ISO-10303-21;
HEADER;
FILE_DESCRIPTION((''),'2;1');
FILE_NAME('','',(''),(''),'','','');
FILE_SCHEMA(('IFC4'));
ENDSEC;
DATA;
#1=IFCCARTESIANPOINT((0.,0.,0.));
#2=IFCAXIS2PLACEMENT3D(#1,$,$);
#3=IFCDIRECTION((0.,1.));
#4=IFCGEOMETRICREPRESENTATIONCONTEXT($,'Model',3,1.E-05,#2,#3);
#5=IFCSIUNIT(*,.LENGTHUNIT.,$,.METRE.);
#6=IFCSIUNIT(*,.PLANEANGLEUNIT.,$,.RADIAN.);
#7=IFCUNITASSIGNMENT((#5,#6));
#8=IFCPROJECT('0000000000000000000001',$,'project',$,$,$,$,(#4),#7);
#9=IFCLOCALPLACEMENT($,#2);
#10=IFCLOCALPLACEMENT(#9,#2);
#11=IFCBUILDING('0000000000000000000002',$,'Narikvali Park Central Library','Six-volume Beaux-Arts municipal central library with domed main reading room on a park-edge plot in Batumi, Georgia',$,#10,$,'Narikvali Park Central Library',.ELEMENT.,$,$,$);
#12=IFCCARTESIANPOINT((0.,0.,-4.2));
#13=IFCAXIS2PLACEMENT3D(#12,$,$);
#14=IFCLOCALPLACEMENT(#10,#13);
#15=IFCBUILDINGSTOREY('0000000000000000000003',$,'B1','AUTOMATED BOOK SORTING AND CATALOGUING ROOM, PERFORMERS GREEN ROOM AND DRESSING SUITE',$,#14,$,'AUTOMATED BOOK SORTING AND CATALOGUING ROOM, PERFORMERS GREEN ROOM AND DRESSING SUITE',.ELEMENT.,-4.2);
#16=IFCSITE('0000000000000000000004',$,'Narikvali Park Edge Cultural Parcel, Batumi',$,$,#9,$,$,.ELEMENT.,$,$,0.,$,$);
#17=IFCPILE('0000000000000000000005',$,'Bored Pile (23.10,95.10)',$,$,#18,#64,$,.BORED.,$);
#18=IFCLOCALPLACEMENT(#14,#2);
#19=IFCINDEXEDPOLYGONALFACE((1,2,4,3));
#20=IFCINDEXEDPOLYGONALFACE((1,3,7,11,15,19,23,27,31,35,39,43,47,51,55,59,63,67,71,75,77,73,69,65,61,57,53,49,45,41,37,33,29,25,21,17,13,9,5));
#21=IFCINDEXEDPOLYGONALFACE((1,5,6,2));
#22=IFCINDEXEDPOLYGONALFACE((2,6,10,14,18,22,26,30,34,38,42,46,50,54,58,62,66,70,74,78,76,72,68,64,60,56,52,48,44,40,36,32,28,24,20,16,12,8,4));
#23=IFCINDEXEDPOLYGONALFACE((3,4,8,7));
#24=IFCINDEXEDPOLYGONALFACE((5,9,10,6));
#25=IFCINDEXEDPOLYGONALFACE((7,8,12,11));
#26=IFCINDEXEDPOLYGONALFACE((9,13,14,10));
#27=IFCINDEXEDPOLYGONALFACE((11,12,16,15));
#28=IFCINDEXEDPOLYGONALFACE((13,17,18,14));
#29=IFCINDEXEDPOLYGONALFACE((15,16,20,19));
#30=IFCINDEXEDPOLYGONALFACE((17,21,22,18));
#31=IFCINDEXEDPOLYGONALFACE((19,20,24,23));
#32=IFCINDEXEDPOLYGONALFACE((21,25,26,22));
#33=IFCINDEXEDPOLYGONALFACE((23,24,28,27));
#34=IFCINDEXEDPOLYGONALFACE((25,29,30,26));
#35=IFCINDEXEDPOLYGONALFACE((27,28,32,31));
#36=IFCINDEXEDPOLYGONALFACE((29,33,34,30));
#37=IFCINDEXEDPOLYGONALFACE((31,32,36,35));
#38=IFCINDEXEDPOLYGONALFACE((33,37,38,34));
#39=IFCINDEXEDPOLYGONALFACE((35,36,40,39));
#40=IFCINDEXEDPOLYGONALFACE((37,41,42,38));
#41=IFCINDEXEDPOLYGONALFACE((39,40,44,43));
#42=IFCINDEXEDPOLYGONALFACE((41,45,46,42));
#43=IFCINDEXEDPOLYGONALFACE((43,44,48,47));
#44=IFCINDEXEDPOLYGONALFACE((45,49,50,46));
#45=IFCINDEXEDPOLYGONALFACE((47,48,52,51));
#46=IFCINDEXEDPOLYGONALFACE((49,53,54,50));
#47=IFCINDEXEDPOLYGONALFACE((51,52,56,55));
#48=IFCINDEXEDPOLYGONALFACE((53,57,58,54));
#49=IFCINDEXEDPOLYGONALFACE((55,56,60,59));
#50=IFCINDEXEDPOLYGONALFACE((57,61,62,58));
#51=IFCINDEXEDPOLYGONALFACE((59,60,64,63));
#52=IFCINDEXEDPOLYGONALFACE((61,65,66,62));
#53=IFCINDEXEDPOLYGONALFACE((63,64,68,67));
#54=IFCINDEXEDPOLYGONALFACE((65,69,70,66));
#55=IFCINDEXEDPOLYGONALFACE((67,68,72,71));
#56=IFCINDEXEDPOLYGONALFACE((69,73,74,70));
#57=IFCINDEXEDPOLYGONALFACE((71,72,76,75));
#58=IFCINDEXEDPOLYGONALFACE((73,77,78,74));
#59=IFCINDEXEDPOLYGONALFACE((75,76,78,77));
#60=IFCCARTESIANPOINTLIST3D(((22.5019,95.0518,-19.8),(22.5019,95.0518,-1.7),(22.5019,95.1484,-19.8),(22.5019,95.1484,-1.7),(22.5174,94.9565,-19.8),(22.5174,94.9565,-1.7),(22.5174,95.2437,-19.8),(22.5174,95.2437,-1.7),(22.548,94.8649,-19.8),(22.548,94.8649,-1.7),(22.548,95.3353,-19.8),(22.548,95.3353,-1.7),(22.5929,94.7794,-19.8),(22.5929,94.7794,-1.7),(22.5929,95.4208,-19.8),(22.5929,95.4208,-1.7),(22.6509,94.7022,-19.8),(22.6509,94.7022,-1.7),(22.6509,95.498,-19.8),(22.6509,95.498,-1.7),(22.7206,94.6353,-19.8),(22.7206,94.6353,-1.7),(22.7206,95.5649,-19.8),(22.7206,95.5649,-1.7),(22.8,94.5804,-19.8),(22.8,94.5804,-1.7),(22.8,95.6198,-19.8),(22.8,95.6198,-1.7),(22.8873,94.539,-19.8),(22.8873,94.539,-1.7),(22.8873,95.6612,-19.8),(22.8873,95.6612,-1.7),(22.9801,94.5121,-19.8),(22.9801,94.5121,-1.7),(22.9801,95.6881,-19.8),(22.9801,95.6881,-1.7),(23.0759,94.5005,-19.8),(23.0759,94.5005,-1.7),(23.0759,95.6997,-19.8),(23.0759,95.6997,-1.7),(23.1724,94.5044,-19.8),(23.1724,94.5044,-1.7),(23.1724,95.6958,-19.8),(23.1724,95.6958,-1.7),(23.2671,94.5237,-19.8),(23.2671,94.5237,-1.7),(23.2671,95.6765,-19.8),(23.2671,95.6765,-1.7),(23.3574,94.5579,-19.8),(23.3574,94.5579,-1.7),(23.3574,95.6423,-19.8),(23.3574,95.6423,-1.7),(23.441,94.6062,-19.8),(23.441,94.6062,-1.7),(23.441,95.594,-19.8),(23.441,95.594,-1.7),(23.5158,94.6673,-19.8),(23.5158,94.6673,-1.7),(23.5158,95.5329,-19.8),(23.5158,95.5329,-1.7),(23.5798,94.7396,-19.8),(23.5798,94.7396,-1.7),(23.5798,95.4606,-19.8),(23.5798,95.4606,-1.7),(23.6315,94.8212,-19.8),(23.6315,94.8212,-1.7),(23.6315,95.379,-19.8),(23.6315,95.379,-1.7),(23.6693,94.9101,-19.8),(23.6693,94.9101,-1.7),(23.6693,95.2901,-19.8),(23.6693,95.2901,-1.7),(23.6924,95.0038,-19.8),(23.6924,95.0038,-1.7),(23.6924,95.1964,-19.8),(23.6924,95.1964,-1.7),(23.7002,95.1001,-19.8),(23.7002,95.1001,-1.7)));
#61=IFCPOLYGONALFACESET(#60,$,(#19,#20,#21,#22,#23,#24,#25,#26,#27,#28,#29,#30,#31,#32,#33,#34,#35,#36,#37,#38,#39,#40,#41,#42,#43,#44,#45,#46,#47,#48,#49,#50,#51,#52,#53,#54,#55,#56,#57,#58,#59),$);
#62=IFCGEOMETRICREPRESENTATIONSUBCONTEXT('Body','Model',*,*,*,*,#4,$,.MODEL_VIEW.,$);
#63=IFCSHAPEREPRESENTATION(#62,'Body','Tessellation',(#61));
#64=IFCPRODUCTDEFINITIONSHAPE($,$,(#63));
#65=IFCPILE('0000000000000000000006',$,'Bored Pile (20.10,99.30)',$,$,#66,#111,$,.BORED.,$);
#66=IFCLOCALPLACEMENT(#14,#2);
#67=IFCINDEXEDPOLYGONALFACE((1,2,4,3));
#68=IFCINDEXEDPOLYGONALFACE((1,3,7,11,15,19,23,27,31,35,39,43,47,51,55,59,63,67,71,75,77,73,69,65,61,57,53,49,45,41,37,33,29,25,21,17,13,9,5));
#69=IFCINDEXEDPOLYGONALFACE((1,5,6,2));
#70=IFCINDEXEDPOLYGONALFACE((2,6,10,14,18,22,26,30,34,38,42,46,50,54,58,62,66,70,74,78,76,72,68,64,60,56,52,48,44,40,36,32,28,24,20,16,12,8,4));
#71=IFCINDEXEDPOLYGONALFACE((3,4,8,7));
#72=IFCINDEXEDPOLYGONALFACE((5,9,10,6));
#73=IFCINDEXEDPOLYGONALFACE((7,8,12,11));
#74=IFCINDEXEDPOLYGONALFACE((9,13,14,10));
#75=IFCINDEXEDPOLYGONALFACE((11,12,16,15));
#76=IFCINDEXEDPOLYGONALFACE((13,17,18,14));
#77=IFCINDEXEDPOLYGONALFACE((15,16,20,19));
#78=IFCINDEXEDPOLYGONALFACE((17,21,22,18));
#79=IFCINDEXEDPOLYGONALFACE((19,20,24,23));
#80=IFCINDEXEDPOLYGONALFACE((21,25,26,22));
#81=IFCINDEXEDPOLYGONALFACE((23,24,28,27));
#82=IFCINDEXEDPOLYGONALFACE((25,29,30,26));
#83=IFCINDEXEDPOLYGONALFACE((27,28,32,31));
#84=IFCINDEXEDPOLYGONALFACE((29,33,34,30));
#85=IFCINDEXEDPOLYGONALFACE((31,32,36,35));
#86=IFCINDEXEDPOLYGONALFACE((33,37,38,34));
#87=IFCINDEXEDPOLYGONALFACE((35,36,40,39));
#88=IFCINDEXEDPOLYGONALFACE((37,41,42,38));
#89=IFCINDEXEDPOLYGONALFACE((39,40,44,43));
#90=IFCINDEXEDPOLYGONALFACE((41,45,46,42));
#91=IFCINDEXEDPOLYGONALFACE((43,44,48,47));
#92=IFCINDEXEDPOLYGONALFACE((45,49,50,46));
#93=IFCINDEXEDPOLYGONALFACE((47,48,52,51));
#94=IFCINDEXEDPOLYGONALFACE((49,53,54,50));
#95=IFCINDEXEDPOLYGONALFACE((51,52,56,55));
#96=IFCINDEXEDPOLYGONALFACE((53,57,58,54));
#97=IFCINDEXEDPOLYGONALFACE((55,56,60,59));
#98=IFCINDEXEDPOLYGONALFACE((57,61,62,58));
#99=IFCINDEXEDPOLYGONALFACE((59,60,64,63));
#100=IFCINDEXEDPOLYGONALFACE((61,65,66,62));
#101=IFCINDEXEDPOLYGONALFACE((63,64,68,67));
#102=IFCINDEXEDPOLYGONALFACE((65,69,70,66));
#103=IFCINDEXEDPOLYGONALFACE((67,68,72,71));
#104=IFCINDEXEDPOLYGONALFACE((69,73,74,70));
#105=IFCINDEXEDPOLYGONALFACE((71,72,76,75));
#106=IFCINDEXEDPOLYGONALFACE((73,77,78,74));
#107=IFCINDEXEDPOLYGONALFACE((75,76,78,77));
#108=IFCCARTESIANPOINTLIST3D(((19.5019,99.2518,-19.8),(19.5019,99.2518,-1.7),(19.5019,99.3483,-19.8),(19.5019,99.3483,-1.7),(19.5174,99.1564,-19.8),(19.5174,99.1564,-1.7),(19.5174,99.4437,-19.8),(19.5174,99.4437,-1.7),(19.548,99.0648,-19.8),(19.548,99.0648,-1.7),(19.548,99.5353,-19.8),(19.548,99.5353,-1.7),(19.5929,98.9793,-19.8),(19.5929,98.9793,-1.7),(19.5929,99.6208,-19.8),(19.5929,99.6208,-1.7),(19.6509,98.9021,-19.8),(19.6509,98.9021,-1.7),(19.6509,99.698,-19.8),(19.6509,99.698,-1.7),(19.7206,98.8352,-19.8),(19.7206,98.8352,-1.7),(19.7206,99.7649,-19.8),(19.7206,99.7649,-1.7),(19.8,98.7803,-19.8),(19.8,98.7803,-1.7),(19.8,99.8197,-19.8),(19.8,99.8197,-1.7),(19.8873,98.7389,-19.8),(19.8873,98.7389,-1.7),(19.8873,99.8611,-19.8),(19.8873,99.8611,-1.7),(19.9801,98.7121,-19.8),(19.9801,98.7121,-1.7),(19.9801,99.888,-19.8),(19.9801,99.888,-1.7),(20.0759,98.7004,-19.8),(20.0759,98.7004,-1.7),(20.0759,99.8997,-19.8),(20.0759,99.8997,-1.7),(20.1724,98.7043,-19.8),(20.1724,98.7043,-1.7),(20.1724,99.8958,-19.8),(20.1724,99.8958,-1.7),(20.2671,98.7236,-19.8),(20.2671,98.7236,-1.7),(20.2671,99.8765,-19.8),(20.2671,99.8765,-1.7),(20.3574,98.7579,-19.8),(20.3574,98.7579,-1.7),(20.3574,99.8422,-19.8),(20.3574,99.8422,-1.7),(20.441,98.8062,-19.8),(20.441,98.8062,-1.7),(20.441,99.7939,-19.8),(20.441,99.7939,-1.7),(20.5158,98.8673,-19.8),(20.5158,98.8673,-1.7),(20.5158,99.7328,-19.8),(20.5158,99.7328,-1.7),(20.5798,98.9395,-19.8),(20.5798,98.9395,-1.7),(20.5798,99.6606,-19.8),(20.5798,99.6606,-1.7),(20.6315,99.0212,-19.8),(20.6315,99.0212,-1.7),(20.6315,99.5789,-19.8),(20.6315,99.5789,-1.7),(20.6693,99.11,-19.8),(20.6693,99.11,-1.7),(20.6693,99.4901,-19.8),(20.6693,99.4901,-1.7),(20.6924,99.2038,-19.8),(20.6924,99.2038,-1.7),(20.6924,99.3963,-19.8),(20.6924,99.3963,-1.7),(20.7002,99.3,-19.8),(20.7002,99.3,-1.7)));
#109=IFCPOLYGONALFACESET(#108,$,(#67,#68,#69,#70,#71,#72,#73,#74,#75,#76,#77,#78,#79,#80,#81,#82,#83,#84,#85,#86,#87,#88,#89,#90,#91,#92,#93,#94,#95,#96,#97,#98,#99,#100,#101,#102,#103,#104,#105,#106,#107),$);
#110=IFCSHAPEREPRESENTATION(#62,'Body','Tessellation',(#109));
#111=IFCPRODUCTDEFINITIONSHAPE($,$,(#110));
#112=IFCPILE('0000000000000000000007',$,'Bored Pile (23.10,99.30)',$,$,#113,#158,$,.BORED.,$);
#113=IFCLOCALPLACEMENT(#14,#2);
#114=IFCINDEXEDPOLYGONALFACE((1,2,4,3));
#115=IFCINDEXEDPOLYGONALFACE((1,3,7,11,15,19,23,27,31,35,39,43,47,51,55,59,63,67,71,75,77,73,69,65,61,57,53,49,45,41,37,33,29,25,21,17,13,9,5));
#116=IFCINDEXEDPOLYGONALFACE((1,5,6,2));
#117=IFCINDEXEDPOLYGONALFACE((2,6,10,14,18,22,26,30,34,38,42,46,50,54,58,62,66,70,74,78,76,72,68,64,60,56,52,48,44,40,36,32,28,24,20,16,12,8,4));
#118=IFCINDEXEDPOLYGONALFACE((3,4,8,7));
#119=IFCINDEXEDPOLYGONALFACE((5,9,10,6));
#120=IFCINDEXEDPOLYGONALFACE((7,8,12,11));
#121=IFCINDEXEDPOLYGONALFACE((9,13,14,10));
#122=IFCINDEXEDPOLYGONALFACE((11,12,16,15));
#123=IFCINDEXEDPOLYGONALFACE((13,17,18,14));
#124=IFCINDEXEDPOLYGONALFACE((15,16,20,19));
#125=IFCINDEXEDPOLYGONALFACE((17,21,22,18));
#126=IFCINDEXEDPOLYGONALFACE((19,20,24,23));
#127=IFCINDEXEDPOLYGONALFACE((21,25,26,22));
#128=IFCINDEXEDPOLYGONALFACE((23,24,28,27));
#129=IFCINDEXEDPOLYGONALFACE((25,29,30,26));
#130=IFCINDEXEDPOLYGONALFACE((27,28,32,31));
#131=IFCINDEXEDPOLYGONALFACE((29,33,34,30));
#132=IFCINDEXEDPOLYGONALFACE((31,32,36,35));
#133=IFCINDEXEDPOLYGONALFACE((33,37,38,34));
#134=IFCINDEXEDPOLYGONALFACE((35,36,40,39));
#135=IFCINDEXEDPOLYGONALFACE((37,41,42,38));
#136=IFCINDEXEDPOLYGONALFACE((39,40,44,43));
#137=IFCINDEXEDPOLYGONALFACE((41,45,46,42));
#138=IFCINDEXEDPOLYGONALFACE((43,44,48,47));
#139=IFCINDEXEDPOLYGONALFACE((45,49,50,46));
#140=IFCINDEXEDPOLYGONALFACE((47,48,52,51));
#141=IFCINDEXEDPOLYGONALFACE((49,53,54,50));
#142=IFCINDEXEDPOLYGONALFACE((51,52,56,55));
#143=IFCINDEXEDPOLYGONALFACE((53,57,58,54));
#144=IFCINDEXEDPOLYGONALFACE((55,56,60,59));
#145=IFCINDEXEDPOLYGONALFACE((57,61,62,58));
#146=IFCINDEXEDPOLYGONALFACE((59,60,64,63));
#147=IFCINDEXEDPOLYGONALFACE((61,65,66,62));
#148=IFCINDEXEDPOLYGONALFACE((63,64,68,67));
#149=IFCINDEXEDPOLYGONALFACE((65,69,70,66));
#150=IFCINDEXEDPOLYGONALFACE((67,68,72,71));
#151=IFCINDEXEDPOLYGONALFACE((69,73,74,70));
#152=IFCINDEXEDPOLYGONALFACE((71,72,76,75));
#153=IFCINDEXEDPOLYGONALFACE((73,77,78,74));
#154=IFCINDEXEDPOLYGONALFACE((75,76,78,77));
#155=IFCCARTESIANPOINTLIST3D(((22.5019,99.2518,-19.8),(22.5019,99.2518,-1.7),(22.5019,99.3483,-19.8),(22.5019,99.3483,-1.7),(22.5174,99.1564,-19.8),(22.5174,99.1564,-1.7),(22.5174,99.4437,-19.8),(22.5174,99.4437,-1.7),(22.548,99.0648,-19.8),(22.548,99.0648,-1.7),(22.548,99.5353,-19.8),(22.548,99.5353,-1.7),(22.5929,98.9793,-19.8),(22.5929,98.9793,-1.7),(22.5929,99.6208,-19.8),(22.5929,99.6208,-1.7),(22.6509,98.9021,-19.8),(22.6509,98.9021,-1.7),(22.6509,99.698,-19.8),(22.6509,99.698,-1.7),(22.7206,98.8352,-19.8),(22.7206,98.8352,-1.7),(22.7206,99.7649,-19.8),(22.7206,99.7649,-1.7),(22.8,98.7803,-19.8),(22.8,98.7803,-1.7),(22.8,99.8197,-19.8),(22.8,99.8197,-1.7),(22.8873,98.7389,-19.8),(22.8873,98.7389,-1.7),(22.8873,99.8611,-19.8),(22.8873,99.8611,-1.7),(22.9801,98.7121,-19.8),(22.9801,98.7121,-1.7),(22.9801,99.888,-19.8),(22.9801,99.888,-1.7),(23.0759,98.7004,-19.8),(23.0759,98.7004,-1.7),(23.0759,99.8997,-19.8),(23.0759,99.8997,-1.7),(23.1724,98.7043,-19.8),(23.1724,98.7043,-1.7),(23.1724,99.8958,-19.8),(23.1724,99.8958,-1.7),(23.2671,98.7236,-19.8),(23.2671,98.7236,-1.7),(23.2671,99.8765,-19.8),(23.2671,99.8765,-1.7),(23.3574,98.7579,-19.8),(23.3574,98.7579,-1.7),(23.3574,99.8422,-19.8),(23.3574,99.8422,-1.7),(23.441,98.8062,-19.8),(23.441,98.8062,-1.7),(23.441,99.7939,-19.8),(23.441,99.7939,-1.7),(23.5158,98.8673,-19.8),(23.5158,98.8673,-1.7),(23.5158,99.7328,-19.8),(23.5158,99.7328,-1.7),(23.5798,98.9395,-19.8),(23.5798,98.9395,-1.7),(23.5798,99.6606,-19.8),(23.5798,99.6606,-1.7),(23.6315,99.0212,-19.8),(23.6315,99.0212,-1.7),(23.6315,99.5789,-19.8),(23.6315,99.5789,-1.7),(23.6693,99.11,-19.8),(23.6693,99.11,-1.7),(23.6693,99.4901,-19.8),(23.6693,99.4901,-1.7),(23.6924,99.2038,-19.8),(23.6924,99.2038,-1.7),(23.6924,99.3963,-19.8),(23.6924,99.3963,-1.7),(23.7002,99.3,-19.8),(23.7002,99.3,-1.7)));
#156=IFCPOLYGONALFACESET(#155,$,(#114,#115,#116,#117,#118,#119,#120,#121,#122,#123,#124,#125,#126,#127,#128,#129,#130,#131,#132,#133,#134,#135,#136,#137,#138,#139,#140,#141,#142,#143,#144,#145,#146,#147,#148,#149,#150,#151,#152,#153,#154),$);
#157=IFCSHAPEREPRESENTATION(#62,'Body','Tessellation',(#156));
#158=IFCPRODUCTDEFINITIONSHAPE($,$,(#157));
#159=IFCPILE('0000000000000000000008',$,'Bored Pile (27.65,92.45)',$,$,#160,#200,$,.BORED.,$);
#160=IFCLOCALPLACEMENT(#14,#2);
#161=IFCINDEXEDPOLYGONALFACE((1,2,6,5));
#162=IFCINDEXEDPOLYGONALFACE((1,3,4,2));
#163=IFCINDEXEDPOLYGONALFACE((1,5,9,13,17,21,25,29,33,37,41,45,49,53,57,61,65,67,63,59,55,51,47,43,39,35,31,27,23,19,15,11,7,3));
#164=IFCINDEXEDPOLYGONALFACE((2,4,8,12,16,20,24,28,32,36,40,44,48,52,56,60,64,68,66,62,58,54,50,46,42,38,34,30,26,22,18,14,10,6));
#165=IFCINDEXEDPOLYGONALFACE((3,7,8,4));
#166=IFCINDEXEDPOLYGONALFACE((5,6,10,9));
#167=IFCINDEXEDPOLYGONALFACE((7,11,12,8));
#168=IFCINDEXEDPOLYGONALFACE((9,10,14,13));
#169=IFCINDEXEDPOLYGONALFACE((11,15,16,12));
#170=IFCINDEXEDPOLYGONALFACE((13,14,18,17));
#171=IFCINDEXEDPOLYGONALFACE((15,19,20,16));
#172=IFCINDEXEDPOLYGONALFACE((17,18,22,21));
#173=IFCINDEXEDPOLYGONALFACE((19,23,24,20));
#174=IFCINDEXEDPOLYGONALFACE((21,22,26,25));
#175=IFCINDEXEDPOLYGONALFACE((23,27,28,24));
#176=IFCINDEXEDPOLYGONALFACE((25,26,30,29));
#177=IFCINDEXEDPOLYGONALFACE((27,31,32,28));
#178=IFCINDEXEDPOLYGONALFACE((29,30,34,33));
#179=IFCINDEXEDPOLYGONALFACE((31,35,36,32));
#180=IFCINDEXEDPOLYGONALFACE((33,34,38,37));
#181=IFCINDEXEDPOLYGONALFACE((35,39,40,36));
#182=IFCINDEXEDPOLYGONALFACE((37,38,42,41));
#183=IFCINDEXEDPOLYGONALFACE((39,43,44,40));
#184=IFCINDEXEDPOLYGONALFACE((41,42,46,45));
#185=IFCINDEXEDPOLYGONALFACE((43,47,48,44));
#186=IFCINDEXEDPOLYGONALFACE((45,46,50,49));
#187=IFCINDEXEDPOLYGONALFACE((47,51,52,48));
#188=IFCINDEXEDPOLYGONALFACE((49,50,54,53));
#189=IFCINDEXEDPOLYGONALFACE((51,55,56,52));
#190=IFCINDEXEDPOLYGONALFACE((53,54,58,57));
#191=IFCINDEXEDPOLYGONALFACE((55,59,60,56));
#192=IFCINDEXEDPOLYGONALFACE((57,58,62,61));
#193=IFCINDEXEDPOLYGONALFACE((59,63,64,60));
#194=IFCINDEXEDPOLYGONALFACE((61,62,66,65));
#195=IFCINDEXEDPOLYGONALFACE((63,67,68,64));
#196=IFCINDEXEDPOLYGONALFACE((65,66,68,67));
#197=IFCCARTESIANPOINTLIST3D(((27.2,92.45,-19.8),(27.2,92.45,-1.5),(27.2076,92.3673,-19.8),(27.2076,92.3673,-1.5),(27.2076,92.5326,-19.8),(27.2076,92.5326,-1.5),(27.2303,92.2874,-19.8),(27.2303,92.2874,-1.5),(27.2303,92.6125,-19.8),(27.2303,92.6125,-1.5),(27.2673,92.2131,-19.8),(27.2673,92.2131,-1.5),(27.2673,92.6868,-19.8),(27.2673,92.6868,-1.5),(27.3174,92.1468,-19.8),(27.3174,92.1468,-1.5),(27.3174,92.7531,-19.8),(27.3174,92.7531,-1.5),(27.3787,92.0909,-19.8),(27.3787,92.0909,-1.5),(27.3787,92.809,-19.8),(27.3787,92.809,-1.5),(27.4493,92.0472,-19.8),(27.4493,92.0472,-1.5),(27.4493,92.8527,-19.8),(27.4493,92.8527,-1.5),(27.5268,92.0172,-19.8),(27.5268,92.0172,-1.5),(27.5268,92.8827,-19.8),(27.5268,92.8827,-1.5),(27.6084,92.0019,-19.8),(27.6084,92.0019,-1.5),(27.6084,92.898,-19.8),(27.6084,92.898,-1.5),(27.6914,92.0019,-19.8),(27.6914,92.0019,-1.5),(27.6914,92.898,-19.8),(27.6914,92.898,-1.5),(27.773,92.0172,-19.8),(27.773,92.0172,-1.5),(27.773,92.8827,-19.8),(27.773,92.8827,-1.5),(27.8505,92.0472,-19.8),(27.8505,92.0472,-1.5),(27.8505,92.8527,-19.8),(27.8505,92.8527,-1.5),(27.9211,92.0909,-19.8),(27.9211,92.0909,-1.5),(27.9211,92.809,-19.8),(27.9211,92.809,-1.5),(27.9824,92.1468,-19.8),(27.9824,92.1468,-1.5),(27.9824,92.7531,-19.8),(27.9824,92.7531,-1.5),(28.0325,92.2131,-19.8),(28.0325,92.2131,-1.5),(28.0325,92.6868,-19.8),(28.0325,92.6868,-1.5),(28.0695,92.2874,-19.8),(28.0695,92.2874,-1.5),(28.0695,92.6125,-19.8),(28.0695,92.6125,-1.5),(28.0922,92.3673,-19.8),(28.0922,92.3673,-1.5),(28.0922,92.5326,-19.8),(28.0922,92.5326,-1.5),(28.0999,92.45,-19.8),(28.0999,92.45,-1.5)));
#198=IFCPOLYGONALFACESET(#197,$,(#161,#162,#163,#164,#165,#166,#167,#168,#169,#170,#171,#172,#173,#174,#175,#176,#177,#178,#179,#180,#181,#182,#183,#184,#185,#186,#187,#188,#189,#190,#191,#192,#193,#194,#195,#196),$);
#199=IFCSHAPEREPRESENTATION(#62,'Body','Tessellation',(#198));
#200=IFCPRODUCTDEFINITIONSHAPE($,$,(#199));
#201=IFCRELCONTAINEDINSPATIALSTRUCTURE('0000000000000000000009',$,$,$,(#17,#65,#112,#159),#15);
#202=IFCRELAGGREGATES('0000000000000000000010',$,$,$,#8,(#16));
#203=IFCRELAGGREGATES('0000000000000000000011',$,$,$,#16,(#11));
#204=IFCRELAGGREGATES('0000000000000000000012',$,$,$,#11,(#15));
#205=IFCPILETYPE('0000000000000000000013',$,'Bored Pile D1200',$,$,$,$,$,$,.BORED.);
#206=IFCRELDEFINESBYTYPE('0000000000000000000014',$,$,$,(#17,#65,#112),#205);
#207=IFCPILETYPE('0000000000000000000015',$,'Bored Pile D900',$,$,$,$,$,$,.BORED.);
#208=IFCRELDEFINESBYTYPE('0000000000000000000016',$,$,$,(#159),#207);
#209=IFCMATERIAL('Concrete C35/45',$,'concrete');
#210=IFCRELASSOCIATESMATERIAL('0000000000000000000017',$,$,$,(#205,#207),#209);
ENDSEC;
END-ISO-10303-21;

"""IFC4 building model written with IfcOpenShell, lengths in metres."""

from ifc_helpers import new_model, si_unit, direction, frame, origin, origin_2d, place, context, subcontext, project, spatial, circle, extrude, material, material_profile, profile_set, type_object, element, save


model = new_model("IFC4")

# Units and contexts
model_context = context("Model", 3, precision=1e-05, world=origin(), true_north=direction((0.0, 1.0)))
body_context = subcontext(model_context, "Body", "Model", "MODEL_VIEW")
ifc_project = project(units=[si_unit("LENGTHUNIT", "METRE"), si_unit("PLANEANGLEUNIT", "RADIAN")], contexts=[model_context])

# Site, building, storey
site_placement = place(None, origin())
site = spatial("IfcSite", under=ifc_project, at=site_placement, Name="Narikvali Park Edge Cultural Parcel, Batumi", CompositionType="ELEMENT", RefElevation=0.0)
building_placement = place(site_placement, origin())
building = spatial("IfcBuilding", under=site, at=building_placement, Name="Narikvali Park Central Library", Description="Six-volume Beaux-Arts municipal central library with domed main reading room on a park-edge plot in Batumi, Georgia", LongName="Narikvali Park Central Library", CompositionType="ELEMENT")
storey_placement = place(building_placement, frame((0.0, 0.0, -4.2)))
storey = spatial("IfcBuildingStorey", under=building, at=storey_placement, Name="B1", Description="AUTOMATED BOOK SORTING AND CATALOGUING ROOM, PERFORMERS GREEN ROOM AND DRESSING SUITE", LongName="AUTOMATED BOOK SORTING AND CATALOGUING ROOM, PERFORMERS GREEN ROOM AND DRESSING SUITE", CompositionType="ELEMENT", Elevation=-4.2)

# Piles
ifc_material_1 = material(Name="Concrete C35/45", Category="concrete")
ifc_material_profile_1 = material_profile(ifc_material_1, circle(Radius=0.6001, at=origin_2d()), Name="PILE D1200")
ifc_profile_set_1 = profile_set([ifc_material_profile_1], Name="Concrete C35/45")
pile_type_1 = type_object("IfcPileType", Name="Bored Pile D1200", PredefinedType="BORED", material=ifc_profile_set_1)
for number, where, z_axis, x_axis, name in (
    (1, (23.1001, 95.1001, -1.7), (0.0, 0.0, -1.0), (1.0, 0.0, 0.0), "Bored Pile (23.10,95.10)"),
    (2, (20.1001, 99.3, -1.7), (0.0, 0.0, -1.0), (1.0, 0.0, 0.0), "Bored Pile (20.10,99.30)"),
    (3, (23.1001, 99.3, -1.7), (0.0, 0.0, -1.0), (1.0, 0.0, 0.0), "Bored Pile (23.10,99.30)"),
):
    element("IfcPile", number, at=place(storey_placement, frame(where, z_axis=z_axis, x_axis=x_axis)), inside=storey, type_object=pile_type_1, Name=name, PredefinedType="BORED", context=body_context, shape_type="SweptSolid", body=[
        extrude(circle(Radius=0.6001, at=origin_2d()), origin(), (0.0, 0.0, 1.0), 18.1001),
    ])
ifc_material_profile_2 = material_profile(ifc_material_1, circle(Radius=0.45, at=origin_2d()), Name="PILE D900")
ifc_profile_set_2 = profile_set([ifc_material_profile_2], Name="Concrete C35/45")
pile_type_2 = type_object("IfcPileType", Name="Bored Pile D900", PredefinedType="BORED", material=ifc_profile_set_2)
for number, where, z_axis, x_axis, name in (
    (4, (27.6499, 92.45, -1.5), (0.0, 0.0, -1.0), (1.0, 0.0, 0.0), "Bored Pile (27.65,92.45)"),
):
    element("IfcPile", number, at=place(storey_placement, frame(where, z_axis=z_axis, x_axis=x_axis)), inside=storey, type_object=pile_type_2, Name=name, PredefinedType="BORED", context=body_context, shape_type="SweptSolid", body=[
        extrude(circle(Radius=0.45, at=origin_2d()), origin(), (0.0, 0.0, 1.0), 18.3),
    ])

save(model, "model.ifc")
